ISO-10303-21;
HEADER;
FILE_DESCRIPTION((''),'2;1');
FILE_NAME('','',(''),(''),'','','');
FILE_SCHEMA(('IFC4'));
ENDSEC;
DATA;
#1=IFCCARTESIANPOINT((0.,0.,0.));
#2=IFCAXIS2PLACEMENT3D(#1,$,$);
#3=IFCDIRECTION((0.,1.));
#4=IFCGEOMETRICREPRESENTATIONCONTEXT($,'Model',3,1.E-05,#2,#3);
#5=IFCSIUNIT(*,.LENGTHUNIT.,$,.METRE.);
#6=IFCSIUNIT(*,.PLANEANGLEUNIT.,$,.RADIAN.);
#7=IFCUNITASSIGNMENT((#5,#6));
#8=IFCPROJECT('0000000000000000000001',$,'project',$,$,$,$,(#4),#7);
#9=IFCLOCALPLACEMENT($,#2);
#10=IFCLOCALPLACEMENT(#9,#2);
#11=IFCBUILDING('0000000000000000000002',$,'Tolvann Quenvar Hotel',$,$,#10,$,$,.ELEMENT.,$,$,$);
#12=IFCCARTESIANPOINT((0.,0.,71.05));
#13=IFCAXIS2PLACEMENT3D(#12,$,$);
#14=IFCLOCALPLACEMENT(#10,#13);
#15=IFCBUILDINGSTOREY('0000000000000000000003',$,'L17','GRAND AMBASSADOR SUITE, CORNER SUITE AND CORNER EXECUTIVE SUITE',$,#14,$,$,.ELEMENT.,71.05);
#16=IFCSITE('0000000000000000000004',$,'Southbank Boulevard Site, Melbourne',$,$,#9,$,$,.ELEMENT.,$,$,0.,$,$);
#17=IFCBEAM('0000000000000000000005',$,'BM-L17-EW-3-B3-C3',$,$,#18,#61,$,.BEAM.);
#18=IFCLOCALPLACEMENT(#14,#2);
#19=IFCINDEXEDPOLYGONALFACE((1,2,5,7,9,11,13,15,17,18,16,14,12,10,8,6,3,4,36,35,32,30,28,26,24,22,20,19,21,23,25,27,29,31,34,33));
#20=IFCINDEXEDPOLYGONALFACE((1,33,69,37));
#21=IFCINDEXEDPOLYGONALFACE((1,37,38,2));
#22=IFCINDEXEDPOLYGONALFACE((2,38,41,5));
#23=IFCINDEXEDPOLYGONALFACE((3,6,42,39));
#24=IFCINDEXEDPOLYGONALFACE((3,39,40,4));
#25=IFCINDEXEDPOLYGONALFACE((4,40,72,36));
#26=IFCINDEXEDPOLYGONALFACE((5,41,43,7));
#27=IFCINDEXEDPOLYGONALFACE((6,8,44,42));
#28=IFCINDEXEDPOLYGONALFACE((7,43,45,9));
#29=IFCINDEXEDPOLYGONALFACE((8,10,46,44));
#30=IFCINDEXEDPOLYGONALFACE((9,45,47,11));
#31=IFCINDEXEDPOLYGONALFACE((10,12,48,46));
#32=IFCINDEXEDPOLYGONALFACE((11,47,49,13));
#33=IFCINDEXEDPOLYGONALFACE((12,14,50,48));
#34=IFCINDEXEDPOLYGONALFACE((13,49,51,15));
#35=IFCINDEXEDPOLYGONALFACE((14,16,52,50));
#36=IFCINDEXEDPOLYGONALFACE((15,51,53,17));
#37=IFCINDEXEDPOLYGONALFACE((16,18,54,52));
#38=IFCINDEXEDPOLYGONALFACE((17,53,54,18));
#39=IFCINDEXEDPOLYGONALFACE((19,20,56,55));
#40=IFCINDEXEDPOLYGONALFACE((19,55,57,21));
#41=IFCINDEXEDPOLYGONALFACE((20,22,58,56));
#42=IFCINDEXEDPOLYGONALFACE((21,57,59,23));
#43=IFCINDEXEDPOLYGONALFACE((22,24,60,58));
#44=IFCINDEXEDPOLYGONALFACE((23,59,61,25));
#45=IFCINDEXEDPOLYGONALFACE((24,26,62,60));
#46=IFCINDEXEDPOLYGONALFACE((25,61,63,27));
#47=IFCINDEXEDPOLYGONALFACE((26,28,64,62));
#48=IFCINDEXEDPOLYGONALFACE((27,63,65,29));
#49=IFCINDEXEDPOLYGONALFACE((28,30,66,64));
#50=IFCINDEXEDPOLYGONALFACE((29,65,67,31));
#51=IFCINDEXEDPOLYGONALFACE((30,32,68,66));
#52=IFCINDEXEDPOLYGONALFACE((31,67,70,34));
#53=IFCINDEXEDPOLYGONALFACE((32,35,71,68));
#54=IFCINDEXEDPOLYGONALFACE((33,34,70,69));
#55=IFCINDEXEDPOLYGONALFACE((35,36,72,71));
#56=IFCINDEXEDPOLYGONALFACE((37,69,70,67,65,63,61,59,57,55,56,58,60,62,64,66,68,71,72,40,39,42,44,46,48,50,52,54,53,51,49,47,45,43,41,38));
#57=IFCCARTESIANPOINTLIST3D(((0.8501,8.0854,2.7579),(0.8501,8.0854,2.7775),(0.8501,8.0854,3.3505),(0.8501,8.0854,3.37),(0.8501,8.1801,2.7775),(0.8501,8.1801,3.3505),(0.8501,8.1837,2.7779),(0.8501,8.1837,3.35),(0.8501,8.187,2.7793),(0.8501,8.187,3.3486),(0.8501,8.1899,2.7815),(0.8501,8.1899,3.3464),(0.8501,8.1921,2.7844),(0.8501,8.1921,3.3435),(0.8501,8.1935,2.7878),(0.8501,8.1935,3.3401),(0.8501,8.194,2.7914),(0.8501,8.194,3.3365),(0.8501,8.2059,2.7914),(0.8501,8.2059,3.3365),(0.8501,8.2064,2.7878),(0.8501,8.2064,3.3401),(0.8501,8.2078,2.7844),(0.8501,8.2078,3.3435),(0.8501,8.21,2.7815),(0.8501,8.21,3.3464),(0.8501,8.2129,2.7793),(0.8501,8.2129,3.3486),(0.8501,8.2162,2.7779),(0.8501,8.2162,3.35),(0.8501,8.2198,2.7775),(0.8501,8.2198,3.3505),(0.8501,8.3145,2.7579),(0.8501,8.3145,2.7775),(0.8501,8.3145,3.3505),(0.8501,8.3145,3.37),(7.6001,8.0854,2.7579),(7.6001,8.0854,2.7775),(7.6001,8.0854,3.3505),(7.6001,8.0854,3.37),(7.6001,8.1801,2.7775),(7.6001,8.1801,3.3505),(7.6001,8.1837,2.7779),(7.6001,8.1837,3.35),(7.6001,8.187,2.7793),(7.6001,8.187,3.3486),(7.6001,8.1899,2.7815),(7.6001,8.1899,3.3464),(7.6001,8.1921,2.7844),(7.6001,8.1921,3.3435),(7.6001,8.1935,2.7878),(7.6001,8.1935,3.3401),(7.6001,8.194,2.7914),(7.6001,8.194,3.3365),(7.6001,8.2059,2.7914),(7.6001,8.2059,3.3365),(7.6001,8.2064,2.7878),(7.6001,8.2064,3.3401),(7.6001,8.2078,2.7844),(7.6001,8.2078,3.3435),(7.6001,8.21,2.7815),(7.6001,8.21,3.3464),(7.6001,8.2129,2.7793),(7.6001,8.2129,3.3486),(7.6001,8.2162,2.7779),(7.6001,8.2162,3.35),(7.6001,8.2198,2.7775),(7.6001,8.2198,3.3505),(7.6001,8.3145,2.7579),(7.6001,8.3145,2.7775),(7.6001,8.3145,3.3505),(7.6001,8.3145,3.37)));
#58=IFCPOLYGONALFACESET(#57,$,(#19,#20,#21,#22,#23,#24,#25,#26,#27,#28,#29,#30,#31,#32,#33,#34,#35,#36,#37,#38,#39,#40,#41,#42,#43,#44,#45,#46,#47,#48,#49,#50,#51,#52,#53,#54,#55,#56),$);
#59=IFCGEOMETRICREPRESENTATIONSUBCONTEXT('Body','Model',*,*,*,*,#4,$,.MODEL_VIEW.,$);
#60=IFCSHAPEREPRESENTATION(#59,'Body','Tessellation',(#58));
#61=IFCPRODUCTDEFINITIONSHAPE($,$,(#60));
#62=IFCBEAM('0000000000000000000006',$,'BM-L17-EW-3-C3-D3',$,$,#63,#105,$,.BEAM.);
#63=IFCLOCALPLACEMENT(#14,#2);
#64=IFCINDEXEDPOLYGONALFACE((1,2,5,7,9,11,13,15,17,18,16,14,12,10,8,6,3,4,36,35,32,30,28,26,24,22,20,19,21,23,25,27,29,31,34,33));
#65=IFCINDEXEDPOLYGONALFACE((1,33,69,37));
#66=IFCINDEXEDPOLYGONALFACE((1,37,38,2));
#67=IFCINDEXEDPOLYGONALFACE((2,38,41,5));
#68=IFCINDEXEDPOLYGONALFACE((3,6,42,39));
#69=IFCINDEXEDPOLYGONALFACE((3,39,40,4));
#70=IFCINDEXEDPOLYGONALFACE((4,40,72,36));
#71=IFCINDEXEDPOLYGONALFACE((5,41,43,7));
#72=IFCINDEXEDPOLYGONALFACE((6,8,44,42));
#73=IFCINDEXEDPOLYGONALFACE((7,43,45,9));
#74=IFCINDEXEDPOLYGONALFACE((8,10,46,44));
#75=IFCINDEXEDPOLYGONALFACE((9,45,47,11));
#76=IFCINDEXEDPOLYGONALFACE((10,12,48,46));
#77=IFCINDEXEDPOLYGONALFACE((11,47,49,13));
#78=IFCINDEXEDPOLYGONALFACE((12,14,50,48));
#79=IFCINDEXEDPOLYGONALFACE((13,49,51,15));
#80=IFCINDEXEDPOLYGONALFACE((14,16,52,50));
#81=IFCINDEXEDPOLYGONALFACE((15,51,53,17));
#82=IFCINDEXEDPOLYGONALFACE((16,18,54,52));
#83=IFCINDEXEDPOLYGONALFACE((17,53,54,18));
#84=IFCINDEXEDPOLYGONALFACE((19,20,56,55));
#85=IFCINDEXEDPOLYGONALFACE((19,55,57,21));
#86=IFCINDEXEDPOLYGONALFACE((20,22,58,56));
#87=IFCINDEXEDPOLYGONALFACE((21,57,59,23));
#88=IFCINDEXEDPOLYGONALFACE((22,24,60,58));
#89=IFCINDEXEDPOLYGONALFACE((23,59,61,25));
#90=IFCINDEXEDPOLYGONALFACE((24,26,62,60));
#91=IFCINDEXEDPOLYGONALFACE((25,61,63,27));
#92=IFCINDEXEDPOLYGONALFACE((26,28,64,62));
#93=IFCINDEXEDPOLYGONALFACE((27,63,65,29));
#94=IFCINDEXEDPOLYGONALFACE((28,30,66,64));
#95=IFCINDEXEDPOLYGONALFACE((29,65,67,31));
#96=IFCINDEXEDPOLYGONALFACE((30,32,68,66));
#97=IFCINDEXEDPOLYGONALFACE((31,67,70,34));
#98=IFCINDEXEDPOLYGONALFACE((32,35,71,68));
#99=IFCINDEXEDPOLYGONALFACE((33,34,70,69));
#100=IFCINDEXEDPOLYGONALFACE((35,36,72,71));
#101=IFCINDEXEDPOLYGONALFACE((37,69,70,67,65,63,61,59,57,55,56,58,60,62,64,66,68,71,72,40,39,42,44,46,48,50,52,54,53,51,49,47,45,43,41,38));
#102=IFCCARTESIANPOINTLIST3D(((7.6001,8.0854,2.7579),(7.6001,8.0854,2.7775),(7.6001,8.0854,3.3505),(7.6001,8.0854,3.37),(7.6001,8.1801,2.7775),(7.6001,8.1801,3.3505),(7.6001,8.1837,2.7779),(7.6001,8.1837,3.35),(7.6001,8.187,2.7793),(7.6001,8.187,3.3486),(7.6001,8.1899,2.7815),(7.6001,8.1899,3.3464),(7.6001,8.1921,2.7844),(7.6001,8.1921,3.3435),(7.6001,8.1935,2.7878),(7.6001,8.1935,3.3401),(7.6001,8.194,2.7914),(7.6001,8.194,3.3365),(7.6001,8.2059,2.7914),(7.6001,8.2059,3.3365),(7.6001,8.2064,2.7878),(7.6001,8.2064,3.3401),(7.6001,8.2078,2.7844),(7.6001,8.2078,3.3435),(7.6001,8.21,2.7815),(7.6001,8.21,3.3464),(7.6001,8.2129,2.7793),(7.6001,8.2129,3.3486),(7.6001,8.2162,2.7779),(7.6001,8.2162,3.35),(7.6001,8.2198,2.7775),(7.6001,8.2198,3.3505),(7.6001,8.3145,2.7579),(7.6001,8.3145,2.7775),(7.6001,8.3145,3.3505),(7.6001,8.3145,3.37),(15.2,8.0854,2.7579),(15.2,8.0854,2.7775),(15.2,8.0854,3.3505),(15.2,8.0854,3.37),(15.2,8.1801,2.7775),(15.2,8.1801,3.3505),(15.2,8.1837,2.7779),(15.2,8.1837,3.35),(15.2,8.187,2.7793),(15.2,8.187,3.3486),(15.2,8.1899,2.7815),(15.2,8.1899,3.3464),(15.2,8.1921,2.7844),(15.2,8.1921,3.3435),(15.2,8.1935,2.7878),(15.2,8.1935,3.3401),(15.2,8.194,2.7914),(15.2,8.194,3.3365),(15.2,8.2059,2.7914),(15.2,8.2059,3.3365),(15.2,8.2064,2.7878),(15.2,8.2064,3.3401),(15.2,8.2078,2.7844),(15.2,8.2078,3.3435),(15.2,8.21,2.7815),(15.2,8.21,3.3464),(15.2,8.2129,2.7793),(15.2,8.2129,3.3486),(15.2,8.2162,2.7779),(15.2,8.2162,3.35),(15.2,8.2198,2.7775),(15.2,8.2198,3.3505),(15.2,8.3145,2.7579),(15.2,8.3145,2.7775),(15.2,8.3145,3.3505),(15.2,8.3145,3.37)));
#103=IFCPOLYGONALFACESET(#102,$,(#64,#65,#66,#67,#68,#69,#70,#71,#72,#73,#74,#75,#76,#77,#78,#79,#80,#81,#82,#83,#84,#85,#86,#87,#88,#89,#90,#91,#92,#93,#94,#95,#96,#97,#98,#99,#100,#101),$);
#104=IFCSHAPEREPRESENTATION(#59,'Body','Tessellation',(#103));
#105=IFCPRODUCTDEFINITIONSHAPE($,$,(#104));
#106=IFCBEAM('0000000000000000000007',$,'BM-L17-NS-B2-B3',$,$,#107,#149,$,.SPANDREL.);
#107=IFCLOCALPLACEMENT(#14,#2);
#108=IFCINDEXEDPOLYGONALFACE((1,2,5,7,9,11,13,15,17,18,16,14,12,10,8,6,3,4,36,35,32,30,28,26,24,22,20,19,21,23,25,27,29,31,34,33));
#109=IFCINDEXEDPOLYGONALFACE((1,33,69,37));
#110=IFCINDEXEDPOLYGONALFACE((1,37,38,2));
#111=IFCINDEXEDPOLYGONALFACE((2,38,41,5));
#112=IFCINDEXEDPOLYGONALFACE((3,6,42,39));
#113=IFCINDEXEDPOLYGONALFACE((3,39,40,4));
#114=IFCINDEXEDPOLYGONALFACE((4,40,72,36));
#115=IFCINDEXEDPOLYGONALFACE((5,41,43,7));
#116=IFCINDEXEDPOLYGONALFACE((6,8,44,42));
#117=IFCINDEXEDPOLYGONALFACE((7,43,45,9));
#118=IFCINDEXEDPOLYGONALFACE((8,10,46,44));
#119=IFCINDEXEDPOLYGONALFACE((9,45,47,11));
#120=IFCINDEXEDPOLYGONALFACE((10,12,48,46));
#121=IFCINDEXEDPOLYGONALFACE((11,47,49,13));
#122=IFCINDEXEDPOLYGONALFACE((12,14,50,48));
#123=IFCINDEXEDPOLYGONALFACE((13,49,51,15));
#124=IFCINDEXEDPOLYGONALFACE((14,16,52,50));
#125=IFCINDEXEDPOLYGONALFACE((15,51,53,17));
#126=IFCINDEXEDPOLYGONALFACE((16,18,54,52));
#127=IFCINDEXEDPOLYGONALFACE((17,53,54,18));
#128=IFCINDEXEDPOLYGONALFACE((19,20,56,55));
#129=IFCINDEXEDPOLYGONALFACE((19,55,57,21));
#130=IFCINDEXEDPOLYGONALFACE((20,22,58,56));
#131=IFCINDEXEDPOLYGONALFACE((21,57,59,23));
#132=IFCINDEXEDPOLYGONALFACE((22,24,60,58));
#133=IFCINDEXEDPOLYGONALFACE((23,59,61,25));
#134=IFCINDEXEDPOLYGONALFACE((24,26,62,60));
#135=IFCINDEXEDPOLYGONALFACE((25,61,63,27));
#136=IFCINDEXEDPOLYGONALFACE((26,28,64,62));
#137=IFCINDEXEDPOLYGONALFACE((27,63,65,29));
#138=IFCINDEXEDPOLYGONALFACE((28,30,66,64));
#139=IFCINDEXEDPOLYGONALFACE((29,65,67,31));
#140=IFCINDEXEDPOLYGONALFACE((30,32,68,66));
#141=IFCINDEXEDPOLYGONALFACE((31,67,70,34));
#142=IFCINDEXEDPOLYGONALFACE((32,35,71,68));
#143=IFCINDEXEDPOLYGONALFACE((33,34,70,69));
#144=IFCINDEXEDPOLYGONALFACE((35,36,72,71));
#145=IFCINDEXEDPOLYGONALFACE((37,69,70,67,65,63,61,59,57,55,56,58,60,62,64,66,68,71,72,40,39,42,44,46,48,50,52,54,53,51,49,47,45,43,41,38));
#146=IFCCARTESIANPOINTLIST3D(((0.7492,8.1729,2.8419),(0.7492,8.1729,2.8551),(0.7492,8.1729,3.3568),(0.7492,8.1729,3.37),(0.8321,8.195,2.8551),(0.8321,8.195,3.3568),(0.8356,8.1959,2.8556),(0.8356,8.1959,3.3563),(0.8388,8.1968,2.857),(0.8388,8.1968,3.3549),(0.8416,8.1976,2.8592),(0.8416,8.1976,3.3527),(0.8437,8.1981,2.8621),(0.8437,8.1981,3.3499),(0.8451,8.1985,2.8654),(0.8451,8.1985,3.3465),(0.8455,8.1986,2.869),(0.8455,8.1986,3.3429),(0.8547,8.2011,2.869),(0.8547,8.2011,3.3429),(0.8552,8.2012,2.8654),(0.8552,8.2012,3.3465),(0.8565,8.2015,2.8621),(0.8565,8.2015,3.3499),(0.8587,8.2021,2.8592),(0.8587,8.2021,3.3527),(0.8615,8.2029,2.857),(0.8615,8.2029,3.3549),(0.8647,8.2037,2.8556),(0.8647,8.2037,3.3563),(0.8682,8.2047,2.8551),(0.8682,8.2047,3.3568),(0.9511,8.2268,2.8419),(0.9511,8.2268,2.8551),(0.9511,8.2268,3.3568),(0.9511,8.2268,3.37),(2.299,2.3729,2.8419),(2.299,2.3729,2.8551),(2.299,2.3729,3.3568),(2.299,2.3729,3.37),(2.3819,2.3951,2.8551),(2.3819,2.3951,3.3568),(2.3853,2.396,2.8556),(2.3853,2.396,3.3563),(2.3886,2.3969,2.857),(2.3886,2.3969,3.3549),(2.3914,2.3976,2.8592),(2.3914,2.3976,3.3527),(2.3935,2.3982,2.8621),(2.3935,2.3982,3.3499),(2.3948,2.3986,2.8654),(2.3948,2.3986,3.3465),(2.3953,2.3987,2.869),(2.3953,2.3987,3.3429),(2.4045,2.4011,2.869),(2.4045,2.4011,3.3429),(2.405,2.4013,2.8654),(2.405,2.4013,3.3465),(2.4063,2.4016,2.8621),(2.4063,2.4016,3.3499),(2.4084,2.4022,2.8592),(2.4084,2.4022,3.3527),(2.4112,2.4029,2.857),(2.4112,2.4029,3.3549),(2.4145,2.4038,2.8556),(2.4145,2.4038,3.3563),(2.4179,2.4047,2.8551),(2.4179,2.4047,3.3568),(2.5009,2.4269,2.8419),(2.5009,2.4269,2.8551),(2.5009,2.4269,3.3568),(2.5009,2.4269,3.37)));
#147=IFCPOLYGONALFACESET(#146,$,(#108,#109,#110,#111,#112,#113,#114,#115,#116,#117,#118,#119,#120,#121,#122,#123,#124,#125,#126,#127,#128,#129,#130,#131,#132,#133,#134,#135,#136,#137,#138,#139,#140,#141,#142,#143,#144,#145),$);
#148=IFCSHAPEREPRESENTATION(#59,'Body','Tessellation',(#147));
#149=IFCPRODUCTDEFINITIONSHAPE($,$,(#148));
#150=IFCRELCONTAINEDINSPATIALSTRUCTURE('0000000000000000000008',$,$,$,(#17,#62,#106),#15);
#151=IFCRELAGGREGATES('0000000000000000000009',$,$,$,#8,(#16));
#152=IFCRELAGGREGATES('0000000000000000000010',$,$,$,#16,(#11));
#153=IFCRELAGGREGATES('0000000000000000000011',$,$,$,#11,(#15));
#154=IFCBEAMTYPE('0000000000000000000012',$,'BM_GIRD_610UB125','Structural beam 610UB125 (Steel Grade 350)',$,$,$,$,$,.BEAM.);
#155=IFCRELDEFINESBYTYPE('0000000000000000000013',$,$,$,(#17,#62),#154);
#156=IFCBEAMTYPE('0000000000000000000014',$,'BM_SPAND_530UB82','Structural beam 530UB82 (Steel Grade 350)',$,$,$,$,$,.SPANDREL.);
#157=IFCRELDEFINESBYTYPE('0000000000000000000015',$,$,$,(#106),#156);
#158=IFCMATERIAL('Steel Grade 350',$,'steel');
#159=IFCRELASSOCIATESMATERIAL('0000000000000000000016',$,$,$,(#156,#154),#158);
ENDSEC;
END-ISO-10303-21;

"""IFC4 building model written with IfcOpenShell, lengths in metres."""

from ifc_helpers import new_model, si_unit, direction, frame, origin, origin_2d, place, context, subcontext, project, spatial, i_section, extrude, source, transform, mapped, material, material_profile, profile_set, type_object, type_shapes, element, save


model = new_model("IFC4")

# Units and contexts
model_context = context("Model", 3, precision=1e-05, world=origin(), true_north=direction((0.0, 1.0)))
body_context = subcontext(model_context, "Body", "Model", "MODEL_VIEW")
ifc_project = project(units=[si_unit("LENGTHUNIT", "METRE"), si_unit("PLANEANGLEUNIT", "RADIAN")], contexts=[model_context])

# Site, building, storey
site_placement = place(None, origin())
site = spatial("IfcSite", under=ifc_project, at=site_placement, Name="Southbank Boulevard Site, Melbourne", CompositionType="ELEMENT", RefElevation=0.0)
building_placement = place(site_placement, origin())
building = spatial("IfcBuilding", under=site, at=building_placement, Name="Tolvann Quenvar Hotel", CompositionType="ELEMENT")
storey_placement = place(building_placement, frame((0.0, 0.0, 71.05)))
storey = spatial("IfcBuildingStorey", under=building, at=storey_placement, Name="L17", Description="GRAND AMBASSADOR SUITE, CORNER SUITE AND CORNER EXECUTIVE SUITE", CompositionType="ELEMENT", Elevation=71.05)

# Shared definitions
ifc_material_1 = material(Name="Steel Grade 350", Category="steel")

# Beams
ifc_material_profile_1 = material_profile(ifc_material_1, i_section(OverallWidth=0.209, OverallDepth=0.5281, WebThickness=0.0095, FlangeThickness=0.0132, FilletRadius=0.0139, at=origin_2d()), Name="530UB82")
ifc_profile_set_1 = profile_set([ifc_material_profile_1], Name="Steel Grade 350")
beam_type_1 = type_object("IfcBeamType", Name="BM_SPAND_530UB82", Description="Structural beam 530UB82 (Steel Grade 350)", PredefinedType="SPANDREL", material=ifc_profile_set_1)
ifc_material_profile_2 = material_profile(ifc_material_1, i_section(OverallWidth=0.229, OverallDepth=0.6121, WebThickness=0.012, FlangeThickness=0.0195, FilletRadius=0.0139, at=origin_2d()), Name="610UB125")
ifc_profile_set_2 = profile_set([ifc_material_profile_2], Name="Steel Grade 350")
beam_type_2 = type_object("IfcBeamType", Name="BM_GIRD_610UB125", Description="Structural beam 610UB125 (Steel Grade 350)", PredefinedType="BEAM", material=ifc_profile_set_2)
shared_shape_1 = source(origin(), body_context, "Body", "SweptSolid", [
    extrude(i_section(OverallWidth=0.229, OverallDepth=0.6121, WebThickness=0.012, FlangeThickness=0.0195, FilletRadius=0.0139, at=origin_2d()), origin(), (0.0, 0.0, 1.0), 6.75),
])
beam_1_placement = place(storey_placement, frame((0.8501, 8.2, 3.064), z_axis=(1.0, 0.0, 0.0), x_axis=(0.0, 1.0, 0.0)))
element("IfcBeam", 1, at=beam_1_placement, inside=storey, type_object=beam_type_2, Name="BM-L17-EW-3-B3-C3", PredefinedType="BEAM", context=body_context, shape_type="MappedRepresentation", body=[
    mapped(shared_shape_1, transform((0.0, 0.0, 0.0), x_axis=(1.0, 0.0, 0.0), y_axis=(0.0, 1.0, 0.0), z_axis=(0.0, 0.0, 1.0), scale=1.0)),
])
shared_shape_2 = source(origin(), body_context, "Body", "SweptSolid", [
    extrude(i_section(OverallWidth=0.229, OverallDepth=0.6121, WebThickness=0.012, FlangeThickness=0.0195, FilletRadius=0.0139, at=origin_2d()), origin(), (0.0, 0.0, 1.0), 7.5999),
])
type_shapes(beam_type_2, [shared_shape_1, shared_shape_2])
beam_2_placement = place(storey_placement, frame((7.6001, 8.2, 3.064), z_axis=(1.0, 0.0, 0.0), x_axis=(0.0, 1.0, 0.0)))
element("IfcBeam", 2, at=beam_2_placement, inside=storey, type_object=beam_type_2, Name="BM-L17-EW-3-C3-D3", PredefinedType="BEAM", context=body_context, shape_type="MappedRepresentation", body=[
    mapped(shared_shape_2, transform((0.0, 0.0, 0.0), x_axis=(1.0, 0.0, 0.0), y_axis=(0.0, 1.0, 0.0), z_axis=(0.0, 0.0, 1.0), scale=1.0)),
])
shared_shape_3 = source(origin(), body_context, "Body", "SweptSolid", [
    extrude(i_section(OverallWidth=0.209, OverallDepth=0.5281, WebThickness=0.0095, FlangeThickness=0.0132, FilletRadius=0.0139, at=origin_2d()), origin(), (0.0, 0.0, 1.0), 6.0034),
])
beam_3_placement = place(storey_placement, frame((2.3999, 2.3999, 3.106), z_axis=(-0.258149, 0.966105, 0.0), x_axis=(-0.966105, -0.258149, 0.0)))
element("IfcBeam", 3, at=beam_3_placement, inside=storey, type_object=beam_type_1, Name="BM-L17-NS-B2-B3", PredefinedType="SPANDREL", context=body_context, shape_type="MappedRepresentation", body=[
    mapped(shared_shape_3, transform((0.0, 0.0, 0.0), x_axis=(1.0, 0.0, 0.0), y_axis=(0.0, 1.0, 0.0), z_axis=(0.0, 0.0, 1.0), scale=1.0)),
])

save(model, "model.ifc")
